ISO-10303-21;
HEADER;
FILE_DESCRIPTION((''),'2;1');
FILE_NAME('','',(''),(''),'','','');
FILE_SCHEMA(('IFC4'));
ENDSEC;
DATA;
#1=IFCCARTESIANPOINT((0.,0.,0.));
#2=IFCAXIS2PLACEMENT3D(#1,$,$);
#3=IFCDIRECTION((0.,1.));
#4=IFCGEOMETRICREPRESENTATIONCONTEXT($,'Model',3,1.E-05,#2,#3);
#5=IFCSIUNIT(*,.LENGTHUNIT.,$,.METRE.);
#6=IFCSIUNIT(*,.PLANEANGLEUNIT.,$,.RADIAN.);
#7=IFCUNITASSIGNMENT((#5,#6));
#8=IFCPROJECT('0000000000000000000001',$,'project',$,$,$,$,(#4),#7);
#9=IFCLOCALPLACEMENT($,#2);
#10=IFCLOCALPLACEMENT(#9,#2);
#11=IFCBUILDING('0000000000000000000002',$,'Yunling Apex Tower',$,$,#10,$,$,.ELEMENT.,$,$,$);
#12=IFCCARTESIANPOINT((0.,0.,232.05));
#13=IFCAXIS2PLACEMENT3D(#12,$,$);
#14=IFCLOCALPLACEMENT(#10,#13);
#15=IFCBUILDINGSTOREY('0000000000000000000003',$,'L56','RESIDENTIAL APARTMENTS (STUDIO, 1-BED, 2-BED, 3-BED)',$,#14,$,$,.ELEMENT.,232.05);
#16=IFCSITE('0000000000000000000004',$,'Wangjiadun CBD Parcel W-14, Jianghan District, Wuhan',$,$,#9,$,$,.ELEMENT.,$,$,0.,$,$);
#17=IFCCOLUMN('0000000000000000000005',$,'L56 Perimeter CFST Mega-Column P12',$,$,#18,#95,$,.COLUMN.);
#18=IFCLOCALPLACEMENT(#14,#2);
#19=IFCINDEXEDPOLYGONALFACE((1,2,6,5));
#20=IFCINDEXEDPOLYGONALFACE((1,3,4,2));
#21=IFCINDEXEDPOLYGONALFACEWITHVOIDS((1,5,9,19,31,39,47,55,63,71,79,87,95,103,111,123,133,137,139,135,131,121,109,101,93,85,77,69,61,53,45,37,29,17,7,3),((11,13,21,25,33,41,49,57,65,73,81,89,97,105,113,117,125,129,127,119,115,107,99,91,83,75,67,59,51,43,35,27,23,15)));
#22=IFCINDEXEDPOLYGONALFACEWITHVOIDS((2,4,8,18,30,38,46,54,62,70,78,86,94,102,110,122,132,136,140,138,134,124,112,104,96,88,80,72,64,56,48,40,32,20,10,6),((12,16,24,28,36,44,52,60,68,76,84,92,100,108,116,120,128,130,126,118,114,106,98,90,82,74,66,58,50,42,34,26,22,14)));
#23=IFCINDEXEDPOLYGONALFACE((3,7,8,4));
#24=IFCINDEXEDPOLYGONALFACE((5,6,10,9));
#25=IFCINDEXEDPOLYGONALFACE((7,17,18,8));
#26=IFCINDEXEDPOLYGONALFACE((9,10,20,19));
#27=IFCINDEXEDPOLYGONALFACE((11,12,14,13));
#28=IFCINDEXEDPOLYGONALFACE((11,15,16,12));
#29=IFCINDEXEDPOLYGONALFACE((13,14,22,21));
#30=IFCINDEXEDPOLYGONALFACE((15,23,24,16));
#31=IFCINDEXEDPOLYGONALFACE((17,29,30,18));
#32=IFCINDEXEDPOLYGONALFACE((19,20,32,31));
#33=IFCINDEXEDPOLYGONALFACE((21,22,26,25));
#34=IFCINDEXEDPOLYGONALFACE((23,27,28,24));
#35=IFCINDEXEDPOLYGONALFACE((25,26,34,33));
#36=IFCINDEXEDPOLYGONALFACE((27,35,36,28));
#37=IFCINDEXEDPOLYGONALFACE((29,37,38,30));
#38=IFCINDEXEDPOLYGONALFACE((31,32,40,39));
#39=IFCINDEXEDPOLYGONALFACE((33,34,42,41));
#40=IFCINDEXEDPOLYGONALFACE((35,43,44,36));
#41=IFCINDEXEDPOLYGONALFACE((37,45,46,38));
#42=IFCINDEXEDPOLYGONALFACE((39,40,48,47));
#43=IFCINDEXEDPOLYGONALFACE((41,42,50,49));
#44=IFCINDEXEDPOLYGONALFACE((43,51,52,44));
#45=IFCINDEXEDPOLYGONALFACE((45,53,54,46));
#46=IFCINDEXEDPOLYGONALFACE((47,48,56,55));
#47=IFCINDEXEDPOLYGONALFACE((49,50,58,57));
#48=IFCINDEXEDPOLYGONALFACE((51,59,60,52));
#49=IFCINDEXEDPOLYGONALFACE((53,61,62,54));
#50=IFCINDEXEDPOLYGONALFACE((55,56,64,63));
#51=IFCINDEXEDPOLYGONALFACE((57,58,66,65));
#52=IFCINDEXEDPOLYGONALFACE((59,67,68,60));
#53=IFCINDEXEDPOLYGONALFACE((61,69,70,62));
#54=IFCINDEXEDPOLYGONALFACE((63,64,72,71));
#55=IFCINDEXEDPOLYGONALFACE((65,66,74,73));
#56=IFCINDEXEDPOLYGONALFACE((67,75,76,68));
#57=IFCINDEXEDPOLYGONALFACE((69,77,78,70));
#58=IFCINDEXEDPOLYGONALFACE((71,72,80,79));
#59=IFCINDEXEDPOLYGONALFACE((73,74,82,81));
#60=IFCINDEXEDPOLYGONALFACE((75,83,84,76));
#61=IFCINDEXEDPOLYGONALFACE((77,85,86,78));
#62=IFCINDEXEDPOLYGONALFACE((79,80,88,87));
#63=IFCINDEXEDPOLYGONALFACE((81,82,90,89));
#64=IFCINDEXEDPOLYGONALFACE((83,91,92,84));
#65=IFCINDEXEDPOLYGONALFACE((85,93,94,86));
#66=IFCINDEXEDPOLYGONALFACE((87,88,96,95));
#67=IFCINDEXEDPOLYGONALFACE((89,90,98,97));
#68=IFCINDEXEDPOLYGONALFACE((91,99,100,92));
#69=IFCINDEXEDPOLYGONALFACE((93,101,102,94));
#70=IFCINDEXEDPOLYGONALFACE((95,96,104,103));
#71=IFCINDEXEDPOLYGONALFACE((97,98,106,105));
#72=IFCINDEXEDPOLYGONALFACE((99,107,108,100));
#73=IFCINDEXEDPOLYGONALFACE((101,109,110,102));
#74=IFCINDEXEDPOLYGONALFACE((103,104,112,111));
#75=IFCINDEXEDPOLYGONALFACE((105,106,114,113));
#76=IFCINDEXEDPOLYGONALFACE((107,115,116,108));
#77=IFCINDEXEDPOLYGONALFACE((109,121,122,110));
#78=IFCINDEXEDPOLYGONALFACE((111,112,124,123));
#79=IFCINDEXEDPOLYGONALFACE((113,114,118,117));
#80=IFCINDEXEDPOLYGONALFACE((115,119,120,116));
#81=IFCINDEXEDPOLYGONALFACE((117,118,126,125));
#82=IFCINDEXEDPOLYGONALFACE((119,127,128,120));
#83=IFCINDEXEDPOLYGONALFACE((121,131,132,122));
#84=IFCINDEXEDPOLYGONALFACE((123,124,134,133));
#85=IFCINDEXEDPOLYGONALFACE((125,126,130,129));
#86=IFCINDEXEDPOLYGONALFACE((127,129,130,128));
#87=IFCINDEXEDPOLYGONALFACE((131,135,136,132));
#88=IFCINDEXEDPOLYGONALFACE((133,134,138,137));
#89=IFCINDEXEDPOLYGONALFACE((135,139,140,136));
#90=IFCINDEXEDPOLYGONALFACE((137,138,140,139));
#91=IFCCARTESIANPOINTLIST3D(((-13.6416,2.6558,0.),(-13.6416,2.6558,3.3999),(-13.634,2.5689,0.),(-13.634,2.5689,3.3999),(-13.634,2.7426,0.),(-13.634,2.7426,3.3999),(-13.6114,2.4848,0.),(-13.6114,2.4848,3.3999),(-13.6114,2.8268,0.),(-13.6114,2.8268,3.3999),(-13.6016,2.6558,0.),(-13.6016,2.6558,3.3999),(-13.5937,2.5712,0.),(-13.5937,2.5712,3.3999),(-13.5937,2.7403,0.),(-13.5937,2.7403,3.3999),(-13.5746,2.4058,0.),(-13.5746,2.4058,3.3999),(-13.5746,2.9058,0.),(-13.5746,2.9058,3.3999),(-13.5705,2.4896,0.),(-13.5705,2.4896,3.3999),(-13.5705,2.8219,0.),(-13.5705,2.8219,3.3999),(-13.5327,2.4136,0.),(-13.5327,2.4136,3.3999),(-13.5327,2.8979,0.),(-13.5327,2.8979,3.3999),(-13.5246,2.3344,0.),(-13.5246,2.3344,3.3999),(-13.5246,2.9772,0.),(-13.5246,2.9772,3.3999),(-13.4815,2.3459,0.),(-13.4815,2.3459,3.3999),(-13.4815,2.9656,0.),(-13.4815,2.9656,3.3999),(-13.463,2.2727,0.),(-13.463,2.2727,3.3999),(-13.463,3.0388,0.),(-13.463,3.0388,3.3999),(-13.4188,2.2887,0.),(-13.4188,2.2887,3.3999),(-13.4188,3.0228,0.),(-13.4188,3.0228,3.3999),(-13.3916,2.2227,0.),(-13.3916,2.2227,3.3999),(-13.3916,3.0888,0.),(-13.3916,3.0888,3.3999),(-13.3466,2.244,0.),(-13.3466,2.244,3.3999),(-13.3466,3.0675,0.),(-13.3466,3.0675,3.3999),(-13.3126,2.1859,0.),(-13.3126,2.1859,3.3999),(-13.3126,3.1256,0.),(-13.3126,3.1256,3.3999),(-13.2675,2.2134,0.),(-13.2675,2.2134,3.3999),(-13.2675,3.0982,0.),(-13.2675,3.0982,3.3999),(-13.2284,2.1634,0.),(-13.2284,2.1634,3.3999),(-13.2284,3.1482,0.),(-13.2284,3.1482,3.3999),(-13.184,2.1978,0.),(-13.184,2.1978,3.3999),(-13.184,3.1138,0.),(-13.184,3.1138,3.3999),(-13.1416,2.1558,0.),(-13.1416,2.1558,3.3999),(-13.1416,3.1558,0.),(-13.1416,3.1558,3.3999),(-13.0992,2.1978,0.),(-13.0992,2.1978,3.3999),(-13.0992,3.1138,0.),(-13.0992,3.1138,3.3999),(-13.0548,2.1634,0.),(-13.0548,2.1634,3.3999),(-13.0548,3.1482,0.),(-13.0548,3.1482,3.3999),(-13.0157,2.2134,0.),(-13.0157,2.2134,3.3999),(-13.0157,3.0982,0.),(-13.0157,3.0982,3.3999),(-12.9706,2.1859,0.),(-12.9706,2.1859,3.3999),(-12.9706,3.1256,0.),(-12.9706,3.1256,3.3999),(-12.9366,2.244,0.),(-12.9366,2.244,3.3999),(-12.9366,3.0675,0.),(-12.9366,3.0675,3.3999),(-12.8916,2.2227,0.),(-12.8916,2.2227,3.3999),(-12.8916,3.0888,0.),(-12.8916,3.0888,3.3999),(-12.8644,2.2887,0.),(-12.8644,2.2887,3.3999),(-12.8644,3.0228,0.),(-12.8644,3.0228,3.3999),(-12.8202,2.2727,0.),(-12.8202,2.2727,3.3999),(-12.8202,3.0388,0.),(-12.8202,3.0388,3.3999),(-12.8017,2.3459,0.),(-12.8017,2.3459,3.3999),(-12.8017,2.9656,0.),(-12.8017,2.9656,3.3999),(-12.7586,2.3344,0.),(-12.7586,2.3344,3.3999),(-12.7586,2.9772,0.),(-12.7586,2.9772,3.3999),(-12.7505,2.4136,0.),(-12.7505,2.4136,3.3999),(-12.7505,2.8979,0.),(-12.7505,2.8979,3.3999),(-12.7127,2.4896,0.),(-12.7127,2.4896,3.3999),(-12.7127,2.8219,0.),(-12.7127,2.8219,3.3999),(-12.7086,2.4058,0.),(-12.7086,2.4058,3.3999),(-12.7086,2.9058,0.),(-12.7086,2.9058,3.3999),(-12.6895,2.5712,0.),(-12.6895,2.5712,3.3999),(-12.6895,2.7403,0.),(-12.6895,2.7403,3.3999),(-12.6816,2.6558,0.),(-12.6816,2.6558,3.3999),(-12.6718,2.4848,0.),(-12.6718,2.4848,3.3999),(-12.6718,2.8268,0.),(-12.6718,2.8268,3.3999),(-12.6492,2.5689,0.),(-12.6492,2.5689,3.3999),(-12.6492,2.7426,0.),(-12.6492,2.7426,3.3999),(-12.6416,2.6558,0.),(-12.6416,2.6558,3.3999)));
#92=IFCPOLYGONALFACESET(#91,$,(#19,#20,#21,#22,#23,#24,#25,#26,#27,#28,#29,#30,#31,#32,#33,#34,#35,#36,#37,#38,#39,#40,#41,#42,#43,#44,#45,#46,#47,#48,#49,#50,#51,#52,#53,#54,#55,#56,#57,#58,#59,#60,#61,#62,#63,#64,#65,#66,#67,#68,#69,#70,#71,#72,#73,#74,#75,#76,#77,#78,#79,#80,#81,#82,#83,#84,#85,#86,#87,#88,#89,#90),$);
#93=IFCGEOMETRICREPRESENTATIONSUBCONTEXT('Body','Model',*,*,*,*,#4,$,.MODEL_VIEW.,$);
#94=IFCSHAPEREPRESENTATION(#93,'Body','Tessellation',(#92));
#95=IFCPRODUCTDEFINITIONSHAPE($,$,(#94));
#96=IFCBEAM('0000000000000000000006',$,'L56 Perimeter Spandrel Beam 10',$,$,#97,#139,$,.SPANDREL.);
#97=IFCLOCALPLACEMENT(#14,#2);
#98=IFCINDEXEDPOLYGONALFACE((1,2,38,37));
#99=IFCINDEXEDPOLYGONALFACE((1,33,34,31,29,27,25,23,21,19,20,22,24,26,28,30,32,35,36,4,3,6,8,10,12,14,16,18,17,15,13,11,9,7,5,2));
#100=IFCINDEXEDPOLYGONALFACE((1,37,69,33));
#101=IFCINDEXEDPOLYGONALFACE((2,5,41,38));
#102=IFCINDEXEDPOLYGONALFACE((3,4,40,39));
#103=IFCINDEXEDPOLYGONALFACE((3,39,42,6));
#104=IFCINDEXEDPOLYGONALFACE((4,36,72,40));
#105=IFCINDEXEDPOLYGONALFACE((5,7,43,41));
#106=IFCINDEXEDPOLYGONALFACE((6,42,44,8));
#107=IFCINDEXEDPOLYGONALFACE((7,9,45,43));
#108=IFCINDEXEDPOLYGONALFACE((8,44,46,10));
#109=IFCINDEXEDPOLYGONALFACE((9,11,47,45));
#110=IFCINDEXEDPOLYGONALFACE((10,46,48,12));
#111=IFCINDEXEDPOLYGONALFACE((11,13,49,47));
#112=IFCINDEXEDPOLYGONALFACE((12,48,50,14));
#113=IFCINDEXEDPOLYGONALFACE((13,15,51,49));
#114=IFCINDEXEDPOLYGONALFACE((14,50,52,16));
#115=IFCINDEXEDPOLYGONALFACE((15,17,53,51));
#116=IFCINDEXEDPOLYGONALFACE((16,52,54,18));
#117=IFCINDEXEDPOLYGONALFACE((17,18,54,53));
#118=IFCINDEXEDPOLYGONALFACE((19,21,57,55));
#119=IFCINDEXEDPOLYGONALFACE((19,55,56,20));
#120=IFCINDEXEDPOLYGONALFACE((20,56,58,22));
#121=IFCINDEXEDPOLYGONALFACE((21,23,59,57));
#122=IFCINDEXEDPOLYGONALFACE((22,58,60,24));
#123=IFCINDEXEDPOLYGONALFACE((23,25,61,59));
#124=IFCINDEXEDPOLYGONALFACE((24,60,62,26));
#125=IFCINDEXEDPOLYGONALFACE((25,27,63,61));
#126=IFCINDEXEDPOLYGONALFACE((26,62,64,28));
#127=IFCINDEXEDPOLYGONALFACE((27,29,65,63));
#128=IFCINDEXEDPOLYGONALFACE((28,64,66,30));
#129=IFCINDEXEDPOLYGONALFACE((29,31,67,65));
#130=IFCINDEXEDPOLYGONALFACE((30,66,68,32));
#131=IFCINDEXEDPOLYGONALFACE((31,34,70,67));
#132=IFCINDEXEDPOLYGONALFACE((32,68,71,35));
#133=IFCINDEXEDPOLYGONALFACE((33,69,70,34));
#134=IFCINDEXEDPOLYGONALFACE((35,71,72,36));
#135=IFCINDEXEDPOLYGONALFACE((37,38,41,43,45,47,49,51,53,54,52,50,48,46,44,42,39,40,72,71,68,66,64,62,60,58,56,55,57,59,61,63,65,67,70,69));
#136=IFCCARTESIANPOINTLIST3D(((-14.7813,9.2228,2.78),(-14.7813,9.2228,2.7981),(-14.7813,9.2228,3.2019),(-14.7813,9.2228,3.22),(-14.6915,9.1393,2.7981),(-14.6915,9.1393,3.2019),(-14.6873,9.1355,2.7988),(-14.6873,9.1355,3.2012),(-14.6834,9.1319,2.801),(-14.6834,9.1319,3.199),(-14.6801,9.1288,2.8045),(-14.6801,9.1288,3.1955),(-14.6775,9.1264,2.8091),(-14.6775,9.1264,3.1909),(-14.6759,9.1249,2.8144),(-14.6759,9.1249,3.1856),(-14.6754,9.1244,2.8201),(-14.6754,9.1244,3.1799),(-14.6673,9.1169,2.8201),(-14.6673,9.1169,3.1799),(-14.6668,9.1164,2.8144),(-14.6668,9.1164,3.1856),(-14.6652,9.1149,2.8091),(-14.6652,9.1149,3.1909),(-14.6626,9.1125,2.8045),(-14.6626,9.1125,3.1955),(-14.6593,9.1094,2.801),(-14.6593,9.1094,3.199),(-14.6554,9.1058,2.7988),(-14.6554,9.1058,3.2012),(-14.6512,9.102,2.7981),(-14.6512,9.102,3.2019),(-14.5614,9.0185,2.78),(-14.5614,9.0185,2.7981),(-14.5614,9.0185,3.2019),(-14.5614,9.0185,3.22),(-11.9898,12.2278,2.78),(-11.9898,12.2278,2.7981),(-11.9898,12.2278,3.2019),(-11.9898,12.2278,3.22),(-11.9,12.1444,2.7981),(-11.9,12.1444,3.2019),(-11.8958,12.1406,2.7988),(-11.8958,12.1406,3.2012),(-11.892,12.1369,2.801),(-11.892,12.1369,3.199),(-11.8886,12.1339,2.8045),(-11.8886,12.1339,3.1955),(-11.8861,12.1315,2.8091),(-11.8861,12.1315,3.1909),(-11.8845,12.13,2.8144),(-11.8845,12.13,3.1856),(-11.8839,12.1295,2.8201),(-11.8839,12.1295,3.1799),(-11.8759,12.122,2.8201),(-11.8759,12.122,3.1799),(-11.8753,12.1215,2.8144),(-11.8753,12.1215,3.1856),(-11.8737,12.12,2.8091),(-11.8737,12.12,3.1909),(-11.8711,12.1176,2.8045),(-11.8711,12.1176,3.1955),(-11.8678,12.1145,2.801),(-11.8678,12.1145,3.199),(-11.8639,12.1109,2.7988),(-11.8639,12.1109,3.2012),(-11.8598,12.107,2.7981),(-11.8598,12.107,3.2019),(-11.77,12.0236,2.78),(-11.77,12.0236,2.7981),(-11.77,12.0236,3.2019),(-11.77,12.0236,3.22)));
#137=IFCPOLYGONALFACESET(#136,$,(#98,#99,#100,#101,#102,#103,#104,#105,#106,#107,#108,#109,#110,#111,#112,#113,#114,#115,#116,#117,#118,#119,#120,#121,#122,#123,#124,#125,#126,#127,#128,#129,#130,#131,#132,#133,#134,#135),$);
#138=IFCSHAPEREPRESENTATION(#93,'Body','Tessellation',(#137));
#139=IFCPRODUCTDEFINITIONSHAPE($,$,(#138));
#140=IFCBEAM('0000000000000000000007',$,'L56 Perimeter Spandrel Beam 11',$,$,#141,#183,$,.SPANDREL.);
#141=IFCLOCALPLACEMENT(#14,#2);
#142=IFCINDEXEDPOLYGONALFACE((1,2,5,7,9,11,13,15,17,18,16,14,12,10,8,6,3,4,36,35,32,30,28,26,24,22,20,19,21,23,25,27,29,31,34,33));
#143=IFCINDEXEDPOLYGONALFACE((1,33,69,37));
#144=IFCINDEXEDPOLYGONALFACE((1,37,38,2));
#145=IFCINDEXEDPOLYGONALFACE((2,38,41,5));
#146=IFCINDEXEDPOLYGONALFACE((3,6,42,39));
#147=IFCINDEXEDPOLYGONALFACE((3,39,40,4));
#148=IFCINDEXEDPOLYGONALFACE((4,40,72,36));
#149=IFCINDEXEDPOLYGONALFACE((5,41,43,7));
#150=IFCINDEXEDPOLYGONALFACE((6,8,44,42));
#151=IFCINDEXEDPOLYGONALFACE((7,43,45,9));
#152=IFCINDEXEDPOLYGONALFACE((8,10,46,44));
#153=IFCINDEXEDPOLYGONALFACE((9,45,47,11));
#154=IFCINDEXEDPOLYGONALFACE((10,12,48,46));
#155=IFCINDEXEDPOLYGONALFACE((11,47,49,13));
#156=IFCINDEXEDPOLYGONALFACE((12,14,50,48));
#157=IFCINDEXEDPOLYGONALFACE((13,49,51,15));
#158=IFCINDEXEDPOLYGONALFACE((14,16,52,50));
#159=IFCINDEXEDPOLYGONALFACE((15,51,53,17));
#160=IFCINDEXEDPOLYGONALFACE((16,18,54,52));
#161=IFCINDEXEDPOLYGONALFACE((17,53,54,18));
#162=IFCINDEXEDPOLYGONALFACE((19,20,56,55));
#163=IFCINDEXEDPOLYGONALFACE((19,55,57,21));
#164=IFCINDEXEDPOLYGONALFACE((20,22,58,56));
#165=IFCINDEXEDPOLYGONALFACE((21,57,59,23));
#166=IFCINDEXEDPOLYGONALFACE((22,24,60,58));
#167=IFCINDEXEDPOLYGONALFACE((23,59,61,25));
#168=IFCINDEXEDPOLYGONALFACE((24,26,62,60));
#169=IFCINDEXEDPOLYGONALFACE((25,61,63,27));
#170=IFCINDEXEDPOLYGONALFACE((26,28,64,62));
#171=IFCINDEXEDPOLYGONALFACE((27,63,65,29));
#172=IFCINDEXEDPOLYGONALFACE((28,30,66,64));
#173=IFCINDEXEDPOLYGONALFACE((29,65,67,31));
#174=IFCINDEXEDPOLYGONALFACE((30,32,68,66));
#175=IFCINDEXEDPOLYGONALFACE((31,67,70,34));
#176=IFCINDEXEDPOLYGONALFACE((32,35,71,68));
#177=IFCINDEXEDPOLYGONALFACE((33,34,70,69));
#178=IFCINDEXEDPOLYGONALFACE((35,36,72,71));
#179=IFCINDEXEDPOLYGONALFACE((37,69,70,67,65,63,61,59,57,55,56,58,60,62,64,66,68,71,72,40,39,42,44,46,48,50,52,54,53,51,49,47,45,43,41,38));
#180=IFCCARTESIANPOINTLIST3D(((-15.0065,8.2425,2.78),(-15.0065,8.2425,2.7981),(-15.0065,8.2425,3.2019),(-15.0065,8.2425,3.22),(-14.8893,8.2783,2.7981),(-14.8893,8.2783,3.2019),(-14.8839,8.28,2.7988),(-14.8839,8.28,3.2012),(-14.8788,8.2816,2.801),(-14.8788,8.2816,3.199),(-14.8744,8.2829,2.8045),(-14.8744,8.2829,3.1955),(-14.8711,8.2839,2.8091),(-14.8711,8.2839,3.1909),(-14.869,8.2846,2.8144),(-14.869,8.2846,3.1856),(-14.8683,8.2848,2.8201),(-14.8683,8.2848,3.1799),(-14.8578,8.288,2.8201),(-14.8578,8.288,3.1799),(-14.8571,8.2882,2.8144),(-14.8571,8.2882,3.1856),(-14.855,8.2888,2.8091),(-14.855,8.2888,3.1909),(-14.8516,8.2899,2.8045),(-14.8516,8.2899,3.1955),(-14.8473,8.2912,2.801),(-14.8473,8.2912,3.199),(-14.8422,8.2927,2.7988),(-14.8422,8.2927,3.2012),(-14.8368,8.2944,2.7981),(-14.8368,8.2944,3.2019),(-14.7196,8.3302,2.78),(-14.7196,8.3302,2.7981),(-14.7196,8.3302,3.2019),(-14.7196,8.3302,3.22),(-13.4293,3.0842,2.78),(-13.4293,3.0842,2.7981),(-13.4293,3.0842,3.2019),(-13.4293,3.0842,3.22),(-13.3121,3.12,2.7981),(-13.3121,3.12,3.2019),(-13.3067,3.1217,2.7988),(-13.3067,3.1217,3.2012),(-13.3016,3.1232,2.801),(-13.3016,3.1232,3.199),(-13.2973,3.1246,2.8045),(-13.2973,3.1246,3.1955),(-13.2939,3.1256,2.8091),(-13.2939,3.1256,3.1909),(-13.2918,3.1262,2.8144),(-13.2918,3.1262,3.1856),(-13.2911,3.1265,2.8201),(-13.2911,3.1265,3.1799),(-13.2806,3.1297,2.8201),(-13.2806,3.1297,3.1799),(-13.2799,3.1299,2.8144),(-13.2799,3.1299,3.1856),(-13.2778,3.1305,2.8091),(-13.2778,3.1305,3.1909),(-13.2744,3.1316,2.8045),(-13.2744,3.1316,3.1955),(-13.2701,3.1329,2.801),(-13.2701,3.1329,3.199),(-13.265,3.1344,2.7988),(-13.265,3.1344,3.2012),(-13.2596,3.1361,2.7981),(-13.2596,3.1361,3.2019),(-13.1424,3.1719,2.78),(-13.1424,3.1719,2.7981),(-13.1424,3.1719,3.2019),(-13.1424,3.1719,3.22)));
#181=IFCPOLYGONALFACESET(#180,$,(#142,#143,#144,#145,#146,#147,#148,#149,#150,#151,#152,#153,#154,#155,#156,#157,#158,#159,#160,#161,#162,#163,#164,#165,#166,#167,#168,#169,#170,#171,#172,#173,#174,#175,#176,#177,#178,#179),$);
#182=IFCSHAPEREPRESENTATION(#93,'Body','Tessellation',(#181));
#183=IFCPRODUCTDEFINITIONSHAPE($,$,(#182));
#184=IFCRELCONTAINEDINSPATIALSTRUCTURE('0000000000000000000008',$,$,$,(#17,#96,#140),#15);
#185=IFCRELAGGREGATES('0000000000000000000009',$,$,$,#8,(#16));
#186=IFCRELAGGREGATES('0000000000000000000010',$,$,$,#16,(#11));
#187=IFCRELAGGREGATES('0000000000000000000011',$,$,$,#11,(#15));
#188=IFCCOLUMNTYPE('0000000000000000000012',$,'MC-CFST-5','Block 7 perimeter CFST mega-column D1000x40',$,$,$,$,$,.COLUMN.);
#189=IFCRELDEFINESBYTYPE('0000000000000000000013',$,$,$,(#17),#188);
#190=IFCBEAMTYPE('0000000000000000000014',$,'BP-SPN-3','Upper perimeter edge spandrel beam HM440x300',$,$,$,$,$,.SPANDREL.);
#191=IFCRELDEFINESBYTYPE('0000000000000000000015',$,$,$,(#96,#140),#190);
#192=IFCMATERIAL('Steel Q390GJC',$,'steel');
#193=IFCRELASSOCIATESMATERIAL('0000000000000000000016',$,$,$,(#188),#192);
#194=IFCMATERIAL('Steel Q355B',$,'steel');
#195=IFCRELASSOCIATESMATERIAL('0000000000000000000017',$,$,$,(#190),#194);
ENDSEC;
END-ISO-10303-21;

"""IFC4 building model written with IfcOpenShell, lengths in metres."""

from ifc_helpers import new_model, si_unit, direction, frame, origin, origin_2d, place, context, subcontext, project, spatial, hollow_circle, i_section, extrude, source, transform, mapped, material, material_profile, profile_set, type_object, element, save


model = new_model("IFC4")

# Units and contexts
model_context = context("Model", 3, precision=1e-05, world=origin(), true_north=direction((0.0, 1.0)))
body_context = subcontext(model_context, "Body", "Model", "MODEL_VIEW")
ifc_project = project(units=[si_unit("LENGTHUNIT", "METRE"), si_unit("PLANEANGLEUNIT", "RADIAN")], contexts=[model_context])

# Site, building, storey
site_placement = place(None, origin())
site = spatial("IfcSite", under=ifc_project, at=site_placement, Name="Wangjiadun CBD Parcel W-14, Jianghan District, Wuhan", CompositionType="ELEMENT", RefElevation=0.0)
building_placement = place(site_placement, origin())
building = spatial("IfcBuilding", under=site, at=building_placement, Name="Yunling Apex Tower", CompositionType="ELEMENT")
storey_placement = place(building_placement, frame((0.0, 0.0, 232.05)))
storey = spatial("IfcBuildingStorey", under=building, at=storey_placement, Name="L56", Description="RESIDENTIAL APARTMENTS (STUDIO, 1-BED, 2-BED, 3-BED)", CompositionType="ELEMENT", Elevation=232.05)

# Column
ifc_material_1 = material(Name="Steel Q390GJC", Category="steel")
ifc_material_profile_1 = material_profile(ifc_material_1, hollow_circle(Radius=0.5, WallThickness=0.04, at=origin_2d()))
ifc_profile_set_1 = profile_set([ifc_material_profile_1], Name="Steel Q390GJC")
column_type = type_object("IfcColumnType", Name="MC-CFST-5", Description="Block 7 perimeter CFST mega-column D1000x40", PredefinedType="COLUMN", material=ifc_profile_set_1)
shared_shape_1 = source(origin(), body_context, "Body", "SweptSolid", [
    extrude(hollow_circle(Radius=0.5, WallThickness=0.04, at=origin_2d()), origin(), (0.0, 0.0, 1.0), 3.3999),
])
for number, where, z_axis, x_axis, name in (
    (1, (-13.1416, 2.6558, 0.0), (0.0, 0.0, 1.0), (1.0, 0.0, 0.0), "L56 Perimeter CFST Mega-Column P12"),
):
    element("IfcColumn", number, at=place(storey_placement, frame(where, z_axis=z_axis, x_axis=x_axis)), inside=storey, type_object=column_type, Name=name, PredefinedType="COLUMN", context=body_context, shape_type="MappedRepresentation", body=[
        mapped(shared_shape_1, transform((0.0, 0.0, 0.0), scale=1.0)),
    ])

# Beams
ifc_material_2 = material(Name="Steel Q355B", Category="steel")
ifc_material_profile_2 = material_profile(ifc_material_2, i_section(OverallWidth=0.3, OverallDepth=0.4399, WebThickness=0.011, FlangeThickness=0.0181, FilletRadius=0.022, at=origin_2d()))
ifc_profile_set_2 = profile_set([ifc_material_profile_2], Name="Steel Q355B")
beam_type_1 = type_object("IfcBeamType", Name="BP-SPN-3", Description="Upper perimeter edge spandrel beam HM440x300", PredefinedType="SPANDREL", material=ifc_profile_set_2)
shared_shape_2 = source(origin(), body_context, "Body", "SweptSolid", [
    extrude(i_section(OverallWidth=0.3, OverallDepth=0.4399, WebThickness=0.011, FlangeThickness=0.0181, FilletRadius=0.022, at=origin_2d()), origin(), (0.0, 0.0, 1.0), 4.1016),
])
beam_1_placement = place(storey_placement, frame((-11.8799, 12.1257, 3.0), z_axis=(-0.680586, -0.732668, 0.0), x_axis=(0.732668, -0.680586, 0.0)))
element("IfcBeam", 2, at=beam_1_placement, inside=storey, type_object=beam_type_1, Name="L56 Perimeter Spandrel Beam 10", PredefinedType="SPANDREL", context=body_context, shape_type="MappedRepresentation", body=[
    mapped(shared_shape_2, transform((0.0, 0.0, 0.0), scale=1.0)),
])
shared_shape_3 = source(origin(), body_context, "Body", "SweptSolid", [
    extrude(i_section(OverallWidth=0.3, OverallDepth=0.4399, WebThickness=0.011, FlangeThickness=0.0181, FilletRadius=0.022, at=origin_2d()), origin(), (0.0, 0.0, 1.0), 5.394),
])
for number, where, z_axis, x_axis, name in (
    (3, (-14.863, 8.2864, 3.0), (0.292393, -0.956298, 0.0), (0.956298, 0.292393, 0.0), "L56 Perimeter Spandrel Beam 11"),
):
    element("IfcBeam", number, at=place(storey_placement, frame(where, z_axis=z_axis, x_axis=x_axis)), inside=storey, type_object=beam_type_1, Name=name, PredefinedType="SPANDREL", context=body_context, shape_type="MappedRepresentation", body=[
        mapped(shared_shape_3, transform((0.0, 0.0, 0.0), scale=1.0)),
    ])

save(model, "model.ifc")
